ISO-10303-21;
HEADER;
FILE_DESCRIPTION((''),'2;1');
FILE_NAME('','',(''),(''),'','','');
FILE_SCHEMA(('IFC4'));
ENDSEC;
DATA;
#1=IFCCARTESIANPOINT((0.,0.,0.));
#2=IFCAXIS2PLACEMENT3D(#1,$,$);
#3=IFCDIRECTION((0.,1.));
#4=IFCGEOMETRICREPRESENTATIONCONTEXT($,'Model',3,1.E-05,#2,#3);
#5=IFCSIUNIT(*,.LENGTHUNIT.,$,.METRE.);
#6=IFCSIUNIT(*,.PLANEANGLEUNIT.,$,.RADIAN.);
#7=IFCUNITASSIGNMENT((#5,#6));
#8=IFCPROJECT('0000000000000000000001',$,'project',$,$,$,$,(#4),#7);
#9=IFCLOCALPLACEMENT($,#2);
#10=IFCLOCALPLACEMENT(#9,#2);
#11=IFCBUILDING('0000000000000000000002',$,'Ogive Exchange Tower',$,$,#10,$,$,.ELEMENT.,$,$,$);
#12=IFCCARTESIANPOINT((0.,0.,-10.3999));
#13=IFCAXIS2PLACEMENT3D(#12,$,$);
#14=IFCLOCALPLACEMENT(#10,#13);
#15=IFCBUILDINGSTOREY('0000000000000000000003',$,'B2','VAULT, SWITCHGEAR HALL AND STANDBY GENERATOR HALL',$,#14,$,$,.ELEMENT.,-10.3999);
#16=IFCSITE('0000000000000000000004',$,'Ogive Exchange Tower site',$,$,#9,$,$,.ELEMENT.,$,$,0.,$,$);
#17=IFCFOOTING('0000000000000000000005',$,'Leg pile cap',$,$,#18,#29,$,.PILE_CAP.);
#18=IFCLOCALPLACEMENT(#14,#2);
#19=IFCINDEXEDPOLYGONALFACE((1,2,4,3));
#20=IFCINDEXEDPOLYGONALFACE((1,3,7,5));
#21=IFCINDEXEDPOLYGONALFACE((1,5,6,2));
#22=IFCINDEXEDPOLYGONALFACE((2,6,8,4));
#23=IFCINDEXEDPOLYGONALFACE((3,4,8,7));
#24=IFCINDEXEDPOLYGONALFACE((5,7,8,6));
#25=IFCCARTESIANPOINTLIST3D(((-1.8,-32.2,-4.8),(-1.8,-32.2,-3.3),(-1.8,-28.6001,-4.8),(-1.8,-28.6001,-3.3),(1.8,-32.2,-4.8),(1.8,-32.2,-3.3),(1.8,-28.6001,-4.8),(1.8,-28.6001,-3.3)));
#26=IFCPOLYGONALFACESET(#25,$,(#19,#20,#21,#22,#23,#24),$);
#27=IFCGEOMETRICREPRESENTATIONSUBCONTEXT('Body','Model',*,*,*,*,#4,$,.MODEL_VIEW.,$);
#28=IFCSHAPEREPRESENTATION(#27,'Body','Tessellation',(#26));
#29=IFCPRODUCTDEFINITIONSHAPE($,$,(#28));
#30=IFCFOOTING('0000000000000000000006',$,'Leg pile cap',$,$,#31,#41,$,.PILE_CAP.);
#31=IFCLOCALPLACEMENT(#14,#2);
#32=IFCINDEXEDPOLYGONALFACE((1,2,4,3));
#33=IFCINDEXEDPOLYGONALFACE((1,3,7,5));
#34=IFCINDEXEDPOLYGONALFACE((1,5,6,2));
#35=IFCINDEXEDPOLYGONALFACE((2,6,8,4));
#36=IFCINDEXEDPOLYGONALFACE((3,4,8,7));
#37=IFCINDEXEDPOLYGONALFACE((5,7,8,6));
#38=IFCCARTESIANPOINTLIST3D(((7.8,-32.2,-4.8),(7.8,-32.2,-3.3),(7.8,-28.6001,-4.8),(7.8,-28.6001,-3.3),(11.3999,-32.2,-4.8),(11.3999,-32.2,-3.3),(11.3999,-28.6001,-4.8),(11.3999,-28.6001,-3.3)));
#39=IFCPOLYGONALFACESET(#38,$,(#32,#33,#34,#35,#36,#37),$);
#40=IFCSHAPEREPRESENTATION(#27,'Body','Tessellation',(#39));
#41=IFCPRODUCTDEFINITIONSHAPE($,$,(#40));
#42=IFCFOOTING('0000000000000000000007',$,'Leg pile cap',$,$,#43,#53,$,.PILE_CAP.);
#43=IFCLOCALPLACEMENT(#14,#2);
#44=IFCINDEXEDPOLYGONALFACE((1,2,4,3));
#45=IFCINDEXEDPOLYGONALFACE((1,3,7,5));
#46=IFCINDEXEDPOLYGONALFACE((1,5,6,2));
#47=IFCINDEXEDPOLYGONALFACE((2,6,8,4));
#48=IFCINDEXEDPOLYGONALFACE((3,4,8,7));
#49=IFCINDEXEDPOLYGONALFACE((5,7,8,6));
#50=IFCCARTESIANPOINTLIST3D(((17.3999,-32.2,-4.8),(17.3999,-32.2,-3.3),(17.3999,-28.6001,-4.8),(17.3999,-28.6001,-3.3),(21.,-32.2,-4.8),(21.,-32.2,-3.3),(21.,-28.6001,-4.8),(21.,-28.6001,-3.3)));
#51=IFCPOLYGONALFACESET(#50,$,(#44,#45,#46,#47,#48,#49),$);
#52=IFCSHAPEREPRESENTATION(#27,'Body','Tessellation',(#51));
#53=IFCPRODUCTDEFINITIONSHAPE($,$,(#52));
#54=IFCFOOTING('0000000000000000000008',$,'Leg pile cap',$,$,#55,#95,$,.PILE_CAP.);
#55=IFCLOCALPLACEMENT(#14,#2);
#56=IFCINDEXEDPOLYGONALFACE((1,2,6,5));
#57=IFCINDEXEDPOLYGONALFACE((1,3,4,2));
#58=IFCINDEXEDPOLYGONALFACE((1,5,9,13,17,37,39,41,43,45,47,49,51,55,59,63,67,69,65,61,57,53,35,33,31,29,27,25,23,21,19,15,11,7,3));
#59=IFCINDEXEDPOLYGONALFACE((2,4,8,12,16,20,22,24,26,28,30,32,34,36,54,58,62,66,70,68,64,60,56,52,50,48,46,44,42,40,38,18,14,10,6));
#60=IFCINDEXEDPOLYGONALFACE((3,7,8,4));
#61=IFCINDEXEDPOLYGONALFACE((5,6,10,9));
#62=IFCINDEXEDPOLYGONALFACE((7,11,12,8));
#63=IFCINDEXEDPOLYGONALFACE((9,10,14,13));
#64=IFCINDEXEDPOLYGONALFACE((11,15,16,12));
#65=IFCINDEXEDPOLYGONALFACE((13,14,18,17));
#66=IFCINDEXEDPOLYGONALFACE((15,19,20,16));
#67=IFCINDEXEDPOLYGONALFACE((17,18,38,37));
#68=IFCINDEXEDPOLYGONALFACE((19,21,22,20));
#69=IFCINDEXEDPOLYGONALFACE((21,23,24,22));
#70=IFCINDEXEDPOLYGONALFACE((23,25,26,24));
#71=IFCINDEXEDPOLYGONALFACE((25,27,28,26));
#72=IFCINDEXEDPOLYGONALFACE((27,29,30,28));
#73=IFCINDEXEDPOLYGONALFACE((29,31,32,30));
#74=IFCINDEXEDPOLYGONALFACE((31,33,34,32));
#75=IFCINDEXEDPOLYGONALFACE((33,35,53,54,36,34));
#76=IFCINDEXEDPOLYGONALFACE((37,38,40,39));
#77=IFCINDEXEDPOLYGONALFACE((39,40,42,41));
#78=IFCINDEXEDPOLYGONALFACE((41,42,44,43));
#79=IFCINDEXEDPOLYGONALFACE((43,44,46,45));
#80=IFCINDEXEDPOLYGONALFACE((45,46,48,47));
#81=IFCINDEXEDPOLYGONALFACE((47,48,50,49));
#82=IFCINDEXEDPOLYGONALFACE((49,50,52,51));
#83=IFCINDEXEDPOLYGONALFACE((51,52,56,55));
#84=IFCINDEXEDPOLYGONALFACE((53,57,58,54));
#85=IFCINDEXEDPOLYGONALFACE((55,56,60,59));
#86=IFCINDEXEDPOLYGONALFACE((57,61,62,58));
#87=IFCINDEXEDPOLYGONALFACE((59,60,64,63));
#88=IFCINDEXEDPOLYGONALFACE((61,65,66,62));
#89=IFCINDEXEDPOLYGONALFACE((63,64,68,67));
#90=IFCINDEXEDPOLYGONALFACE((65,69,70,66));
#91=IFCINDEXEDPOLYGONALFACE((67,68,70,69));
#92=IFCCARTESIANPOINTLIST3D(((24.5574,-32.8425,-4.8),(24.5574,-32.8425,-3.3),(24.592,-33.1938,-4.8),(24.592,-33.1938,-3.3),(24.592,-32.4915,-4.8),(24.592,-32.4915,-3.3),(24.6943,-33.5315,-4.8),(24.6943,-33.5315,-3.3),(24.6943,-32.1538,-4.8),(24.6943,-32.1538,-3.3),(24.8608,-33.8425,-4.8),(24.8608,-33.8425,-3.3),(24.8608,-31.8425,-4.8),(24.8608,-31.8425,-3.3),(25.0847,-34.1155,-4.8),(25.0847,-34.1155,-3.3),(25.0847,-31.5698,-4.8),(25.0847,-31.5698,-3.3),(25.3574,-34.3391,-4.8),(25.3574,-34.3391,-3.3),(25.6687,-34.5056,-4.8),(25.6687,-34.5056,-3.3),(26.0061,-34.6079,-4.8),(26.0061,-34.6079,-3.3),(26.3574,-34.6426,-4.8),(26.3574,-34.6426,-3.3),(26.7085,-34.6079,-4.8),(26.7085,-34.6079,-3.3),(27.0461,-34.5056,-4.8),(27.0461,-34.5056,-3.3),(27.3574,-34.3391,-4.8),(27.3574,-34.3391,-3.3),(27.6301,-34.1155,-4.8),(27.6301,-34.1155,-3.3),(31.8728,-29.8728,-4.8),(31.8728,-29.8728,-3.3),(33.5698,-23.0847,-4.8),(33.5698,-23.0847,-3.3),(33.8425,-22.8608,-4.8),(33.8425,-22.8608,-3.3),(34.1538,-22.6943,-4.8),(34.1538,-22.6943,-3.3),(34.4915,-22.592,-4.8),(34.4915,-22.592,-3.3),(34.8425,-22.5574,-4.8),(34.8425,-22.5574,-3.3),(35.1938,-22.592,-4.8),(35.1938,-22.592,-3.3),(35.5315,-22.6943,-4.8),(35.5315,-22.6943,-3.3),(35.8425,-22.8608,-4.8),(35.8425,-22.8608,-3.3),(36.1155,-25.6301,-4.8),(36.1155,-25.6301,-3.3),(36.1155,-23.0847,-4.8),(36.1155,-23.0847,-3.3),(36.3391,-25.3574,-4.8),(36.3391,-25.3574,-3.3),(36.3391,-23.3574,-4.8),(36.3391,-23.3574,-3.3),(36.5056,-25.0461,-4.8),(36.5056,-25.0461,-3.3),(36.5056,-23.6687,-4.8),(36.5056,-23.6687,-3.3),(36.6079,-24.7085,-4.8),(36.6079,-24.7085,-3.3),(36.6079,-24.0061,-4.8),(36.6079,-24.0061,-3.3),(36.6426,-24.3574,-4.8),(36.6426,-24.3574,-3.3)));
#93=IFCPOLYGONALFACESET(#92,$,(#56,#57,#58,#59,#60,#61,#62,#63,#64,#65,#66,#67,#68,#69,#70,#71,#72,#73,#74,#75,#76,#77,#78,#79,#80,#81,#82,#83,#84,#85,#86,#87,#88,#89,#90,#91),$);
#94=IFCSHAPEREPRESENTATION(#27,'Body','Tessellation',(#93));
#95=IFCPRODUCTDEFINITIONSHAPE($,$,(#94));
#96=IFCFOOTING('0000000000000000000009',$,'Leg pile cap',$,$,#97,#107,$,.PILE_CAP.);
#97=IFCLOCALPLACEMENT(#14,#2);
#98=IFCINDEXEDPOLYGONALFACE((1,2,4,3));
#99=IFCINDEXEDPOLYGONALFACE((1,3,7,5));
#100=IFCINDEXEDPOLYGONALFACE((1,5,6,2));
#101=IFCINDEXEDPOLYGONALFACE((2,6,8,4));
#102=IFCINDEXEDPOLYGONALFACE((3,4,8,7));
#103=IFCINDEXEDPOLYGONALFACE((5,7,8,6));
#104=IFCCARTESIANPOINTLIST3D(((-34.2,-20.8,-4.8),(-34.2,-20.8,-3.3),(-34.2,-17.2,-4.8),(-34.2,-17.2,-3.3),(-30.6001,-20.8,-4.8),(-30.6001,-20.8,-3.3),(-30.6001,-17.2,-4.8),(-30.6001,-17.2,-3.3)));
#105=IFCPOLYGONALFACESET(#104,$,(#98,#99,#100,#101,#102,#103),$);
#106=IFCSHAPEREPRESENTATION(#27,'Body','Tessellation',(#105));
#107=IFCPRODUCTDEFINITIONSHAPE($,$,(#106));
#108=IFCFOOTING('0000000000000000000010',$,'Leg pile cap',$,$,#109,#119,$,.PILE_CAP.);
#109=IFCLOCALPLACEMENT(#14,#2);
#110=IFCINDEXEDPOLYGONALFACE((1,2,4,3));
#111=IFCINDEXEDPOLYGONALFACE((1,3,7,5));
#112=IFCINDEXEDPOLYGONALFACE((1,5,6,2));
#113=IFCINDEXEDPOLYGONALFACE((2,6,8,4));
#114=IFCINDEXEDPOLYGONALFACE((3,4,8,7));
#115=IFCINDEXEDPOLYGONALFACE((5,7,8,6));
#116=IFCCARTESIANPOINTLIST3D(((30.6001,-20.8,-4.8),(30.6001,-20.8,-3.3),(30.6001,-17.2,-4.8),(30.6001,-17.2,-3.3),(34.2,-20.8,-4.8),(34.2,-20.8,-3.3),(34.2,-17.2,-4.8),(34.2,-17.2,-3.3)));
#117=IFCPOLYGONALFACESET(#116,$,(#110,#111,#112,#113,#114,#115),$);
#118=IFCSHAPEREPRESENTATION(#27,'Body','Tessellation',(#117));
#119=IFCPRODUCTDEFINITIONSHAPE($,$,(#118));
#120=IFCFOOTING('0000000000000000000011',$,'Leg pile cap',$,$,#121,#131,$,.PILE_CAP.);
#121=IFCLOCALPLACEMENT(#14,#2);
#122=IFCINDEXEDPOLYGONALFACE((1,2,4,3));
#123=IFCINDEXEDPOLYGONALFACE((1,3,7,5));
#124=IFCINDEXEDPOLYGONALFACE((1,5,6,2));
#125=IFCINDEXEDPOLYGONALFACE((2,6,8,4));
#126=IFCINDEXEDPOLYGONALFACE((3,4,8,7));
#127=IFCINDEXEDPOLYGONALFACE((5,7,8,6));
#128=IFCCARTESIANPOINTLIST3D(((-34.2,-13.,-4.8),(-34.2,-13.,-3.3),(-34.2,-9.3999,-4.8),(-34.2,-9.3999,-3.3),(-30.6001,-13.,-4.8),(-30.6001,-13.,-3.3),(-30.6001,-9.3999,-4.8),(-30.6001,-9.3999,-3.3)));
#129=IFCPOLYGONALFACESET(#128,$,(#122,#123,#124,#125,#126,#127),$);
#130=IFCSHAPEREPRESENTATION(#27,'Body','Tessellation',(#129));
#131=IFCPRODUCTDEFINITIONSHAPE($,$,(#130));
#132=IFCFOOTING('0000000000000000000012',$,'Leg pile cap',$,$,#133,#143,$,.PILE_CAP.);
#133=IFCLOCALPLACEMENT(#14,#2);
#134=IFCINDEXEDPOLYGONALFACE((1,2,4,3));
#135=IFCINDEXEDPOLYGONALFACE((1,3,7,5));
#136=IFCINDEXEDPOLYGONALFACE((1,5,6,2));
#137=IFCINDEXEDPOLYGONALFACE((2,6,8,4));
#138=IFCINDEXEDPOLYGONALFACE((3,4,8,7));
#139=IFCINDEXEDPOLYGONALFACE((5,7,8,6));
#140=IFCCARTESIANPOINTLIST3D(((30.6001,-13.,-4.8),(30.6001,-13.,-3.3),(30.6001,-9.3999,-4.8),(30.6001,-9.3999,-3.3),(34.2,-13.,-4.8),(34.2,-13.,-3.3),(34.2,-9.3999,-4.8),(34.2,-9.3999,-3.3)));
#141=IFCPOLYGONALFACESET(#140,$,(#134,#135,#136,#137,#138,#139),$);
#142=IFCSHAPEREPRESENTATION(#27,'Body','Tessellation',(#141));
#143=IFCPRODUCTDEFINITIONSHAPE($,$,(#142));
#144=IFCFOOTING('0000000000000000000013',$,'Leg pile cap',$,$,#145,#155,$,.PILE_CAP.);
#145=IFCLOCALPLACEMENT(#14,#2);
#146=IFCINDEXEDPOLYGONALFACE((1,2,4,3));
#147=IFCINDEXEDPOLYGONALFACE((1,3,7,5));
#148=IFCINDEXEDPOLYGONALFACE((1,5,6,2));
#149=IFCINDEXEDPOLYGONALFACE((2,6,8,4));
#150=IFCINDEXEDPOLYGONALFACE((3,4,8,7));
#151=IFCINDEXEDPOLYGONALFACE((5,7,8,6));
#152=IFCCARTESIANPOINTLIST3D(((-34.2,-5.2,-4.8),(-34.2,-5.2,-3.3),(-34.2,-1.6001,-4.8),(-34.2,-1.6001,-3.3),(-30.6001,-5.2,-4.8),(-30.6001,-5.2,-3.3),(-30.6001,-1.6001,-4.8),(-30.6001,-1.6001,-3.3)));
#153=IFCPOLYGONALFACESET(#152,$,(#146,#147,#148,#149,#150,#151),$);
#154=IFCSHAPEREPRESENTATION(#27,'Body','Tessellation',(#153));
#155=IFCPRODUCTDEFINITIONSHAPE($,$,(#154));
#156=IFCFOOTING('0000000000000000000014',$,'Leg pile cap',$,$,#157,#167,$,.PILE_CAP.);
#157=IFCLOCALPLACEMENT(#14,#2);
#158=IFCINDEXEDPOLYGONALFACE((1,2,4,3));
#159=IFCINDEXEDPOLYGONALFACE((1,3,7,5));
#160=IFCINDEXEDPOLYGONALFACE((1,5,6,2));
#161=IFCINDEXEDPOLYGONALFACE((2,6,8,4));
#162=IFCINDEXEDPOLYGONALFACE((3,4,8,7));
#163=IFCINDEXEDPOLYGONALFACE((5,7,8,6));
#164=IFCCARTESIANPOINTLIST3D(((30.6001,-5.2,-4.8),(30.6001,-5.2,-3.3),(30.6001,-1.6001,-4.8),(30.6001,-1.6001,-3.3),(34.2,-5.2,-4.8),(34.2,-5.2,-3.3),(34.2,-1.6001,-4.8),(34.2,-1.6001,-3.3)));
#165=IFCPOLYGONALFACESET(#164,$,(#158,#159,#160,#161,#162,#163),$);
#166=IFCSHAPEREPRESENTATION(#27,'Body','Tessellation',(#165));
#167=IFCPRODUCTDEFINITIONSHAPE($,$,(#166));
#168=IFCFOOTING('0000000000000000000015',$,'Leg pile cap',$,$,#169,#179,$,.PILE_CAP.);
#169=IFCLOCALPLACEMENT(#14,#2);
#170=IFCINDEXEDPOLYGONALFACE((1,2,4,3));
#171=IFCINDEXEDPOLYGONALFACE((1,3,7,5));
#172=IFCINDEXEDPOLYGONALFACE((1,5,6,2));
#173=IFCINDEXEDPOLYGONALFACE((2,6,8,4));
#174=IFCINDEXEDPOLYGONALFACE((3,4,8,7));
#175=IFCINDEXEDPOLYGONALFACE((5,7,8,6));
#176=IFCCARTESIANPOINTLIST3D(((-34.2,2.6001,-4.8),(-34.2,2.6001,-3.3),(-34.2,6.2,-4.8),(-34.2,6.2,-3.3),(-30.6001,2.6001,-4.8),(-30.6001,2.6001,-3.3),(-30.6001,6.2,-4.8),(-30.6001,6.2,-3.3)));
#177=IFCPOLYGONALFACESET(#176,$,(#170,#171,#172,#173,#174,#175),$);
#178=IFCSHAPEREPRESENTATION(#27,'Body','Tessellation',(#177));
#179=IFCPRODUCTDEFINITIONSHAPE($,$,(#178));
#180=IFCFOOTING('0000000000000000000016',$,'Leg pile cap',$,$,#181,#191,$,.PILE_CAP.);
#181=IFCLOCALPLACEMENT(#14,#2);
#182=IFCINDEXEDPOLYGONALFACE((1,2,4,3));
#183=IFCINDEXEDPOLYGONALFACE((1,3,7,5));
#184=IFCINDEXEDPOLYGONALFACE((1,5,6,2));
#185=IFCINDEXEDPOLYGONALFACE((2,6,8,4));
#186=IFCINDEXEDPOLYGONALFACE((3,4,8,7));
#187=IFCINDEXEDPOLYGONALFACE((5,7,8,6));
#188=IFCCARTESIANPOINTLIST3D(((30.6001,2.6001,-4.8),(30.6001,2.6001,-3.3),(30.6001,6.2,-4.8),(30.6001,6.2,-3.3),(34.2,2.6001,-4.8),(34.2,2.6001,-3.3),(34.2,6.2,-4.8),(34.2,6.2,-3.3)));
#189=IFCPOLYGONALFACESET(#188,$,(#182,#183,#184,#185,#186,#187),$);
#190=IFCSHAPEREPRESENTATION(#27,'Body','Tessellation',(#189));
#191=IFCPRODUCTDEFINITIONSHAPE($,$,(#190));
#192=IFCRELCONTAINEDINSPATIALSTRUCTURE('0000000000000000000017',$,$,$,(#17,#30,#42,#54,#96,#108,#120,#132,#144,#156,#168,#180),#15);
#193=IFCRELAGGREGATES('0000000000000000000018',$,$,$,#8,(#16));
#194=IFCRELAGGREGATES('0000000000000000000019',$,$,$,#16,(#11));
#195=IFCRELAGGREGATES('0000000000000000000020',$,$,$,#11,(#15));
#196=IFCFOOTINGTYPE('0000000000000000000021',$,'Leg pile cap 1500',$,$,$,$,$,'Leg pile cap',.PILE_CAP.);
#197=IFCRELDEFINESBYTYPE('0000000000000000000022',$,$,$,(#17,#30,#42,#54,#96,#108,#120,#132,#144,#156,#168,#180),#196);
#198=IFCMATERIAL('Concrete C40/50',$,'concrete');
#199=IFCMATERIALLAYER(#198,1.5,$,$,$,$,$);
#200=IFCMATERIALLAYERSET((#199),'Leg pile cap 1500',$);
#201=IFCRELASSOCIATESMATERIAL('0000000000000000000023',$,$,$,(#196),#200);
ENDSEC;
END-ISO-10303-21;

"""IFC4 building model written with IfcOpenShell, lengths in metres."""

from ifc_helpers import new_model, si_unit, direction, frame, origin, place, context, subcontext, project, spatial, polyline, outline, extrude, material, layer, layer_set, type_object, element, save


model = new_model("IFC4")

# Units and contexts
model_context = context("Model", 3, precision=1e-05, world=origin(), true_north=direction((0.0, 1.0)))
body_context = subcontext(model_context, "Body", "Model", "MODEL_VIEW")
ifc_project = project(units=[si_unit("LENGTHUNIT", "METRE"), si_unit("PLANEANGLEUNIT", "RADIAN")], contexts=[model_context])

# Site, building, storey
site_placement = place(None, origin())
site = spatial("IfcSite", under=ifc_project, at=site_placement, Name="Ogive Exchange Tower site", CompositionType="ELEMENT", RefElevation=0.0)
building_placement = place(site_placement, origin())
building = spatial("IfcBuilding", under=site, at=building_placement, Name="Ogive Exchange Tower", CompositionType="ELEMENT")
storey_placement = place(building_placement, frame((0.0, 0.0, -10.3999)))
storey = spatial("IfcBuildingStorey", under=building, at=storey_placement, Name="B2", Description="VAULT, SWITCHGEAR HALL AND STANDBY GENERATOR HALL", CompositionType="ELEMENT", Elevation=-10.3999)

# Footings
ifc_material_1 = material(Name="Concrete C40/50", Category="concrete")
ifc_layer_1 = layer(ifc_material_1, 1.5)
ifc_layer_set_1 = layer_set([ifc_layer_1], Name="Leg pile cap 1500")
footing_type = type_object("IfcFootingType", Name="Leg pile cap 1500", ElementType="Leg pile cap", PredefinedType="PILE_CAP", material=ifc_layer_set_1)
footing_1_placement = place(storey_placement, frame((0.0, 0.0, -4.8)))
element("IfcFooting", 1, at=footing_1_placement, inside=storey, type_object=footing_type, Name="Leg pile cap", PredefinedType="PILE_CAP", context=body_context, shape_type="SweptSolid", body=[
    extrude(outline(polyline([(1.8, -32.2), (1.8, -28.6001), (-1.8, -28.6001), (-1.8, -32.2), (1.8, -32.2)])), origin(), (0.0, 0.0, 1.0), 1.5),
])
footing_2_placement = place(storey_placement, frame((0.0, 0.0, -4.8)))
element("IfcFooting", 2, at=footing_2_placement, inside=storey, type_object=footing_type, Name="Leg pile cap", PredefinedType="PILE_CAP", context=body_context, shape_type="SweptSolid", body=[
    extrude(outline(polyline([(11.3999, -32.2), (11.3999, -28.6001), (7.8, -28.6001), (7.8, -32.2), (11.3999, -32.2)])), origin(), (0.0, 0.0, 1.0), 1.5),
])
footing_3_placement = place(storey_placement, frame((0.0, 0.0, -4.8)))
element("IfcFooting", 3, at=footing_3_placement, inside=storey, type_object=footing_type, Name="Leg pile cap", PredefinedType="PILE_CAP", context=body_context, shape_type="SweptSolid", body=[
    extrude(outline(polyline([(21.0, -32.2), (21.0, -28.6001), (17.3999, -28.6001), (17.3999, -32.2), (21.0, -32.2)])), origin(), (0.0, 0.0, 1.0), 1.5),
])
footing_4_placement = place(storey_placement, frame((0.0, 0.0, -4.8)))
element("IfcFooting", 4, at=footing_4_placement, inside=storey, type_object=footing_type, Name="Leg pile cap", PredefinedType="PILE_CAP", context=body_context, shape_type="SweptSolid", body=[
    extrude(outline(polyline([(26.3574, -34.6426), (26.0061, -34.6079), (25.6687, -34.5056), (25.3574, -34.3391), (25.0847, -34.1155), (24.8608, -33.8425), (24.6943, -33.5315), (24.592, -33.1938), (24.5574, -32.8425), (24.592, -32.4915), (24.6943, -32.1538), (24.8608, -31.8425), (25.0847, -31.5698), (33.5698, -23.0847), (33.8425, -22.8608), (34.1538, -22.6943), (34.4915, -22.592), (34.8425, -22.5574), (35.1938, -22.592), (35.5315, -22.6943), (35.8425, -22.8608), (36.1155, -23.0847), (36.3391, -23.3574), (36.5056, -23.6687), (36.6079, -24.0061), (36.6426, -24.3574), (36.6079, -24.7085), (36.5056, -25.0461), (36.3391, -25.3574), (36.1155, -25.6301), (31.8728, -29.8728), (27.6301, -34.1155), (27.3574, -34.3391), (27.0461, -34.5056), (26.7085, -34.6079), (26.3574, -34.6426)])), origin(), (0.0, 0.0, 1.0), 1.5),
])
footing_5_placement = place(storey_placement, frame((0.0, 0.0, -4.8)))
element("IfcFooting", 5, at=footing_5_placement, inside=storey, type_object=footing_type, Name="Leg pile cap", PredefinedType="PILE_CAP", context=body_context, shape_type="SweptSolid", body=[
    extrude(outline(polyline([(-30.6001, -20.8), (-30.6001, -17.2), (-34.2, -17.2), (-34.2, -20.8), (-30.6001, -20.8)])), origin(), (0.0, 0.0, 1.0), 1.5),
])
footing_6_placement = place(storey_placement, frame((0.0, 0.0, -4.8)))
element("IfcFooting", 6, at=footing_6_placement, inside=storey, type_object=footing_type, Name="Leg pile cap", PredefinedType="PILE_CAP", context=body_context, shape_type="SweptSolid", body=[
    extrude(outline(polyline([(34.2, -20.8), (34.2, -17.2), (30.6001, -17.2), (30.6001, -20.8), (34.2, -20.8)])), origin(), (0.0, 0.0, 1.0), 1.5),
])
footing_7_placement = place(storey_placement, frame((0.0, 0.0, -4.8)))
element("IfcFooting", 7, at=footing_7_placement, inside=storey, type_object=footing_type, Name="Leg pile cap", PredefinedType="PILE_CAP", context=body_context, shape_type="SweptSolid", body=[
    extrude(outline(polyline([(-30.6001, -13.0), (-30.6001, -9.3999), (-34.2, -9.3999), (-34.2, -13.0), (-30.6001, -13.0)])), origin(), (0.0, 0.0, 1.0), 1.5),
])
footing_8_placement = place(storey_placement, frame((0.0, 0.0, -4.8)))
element("IfcFooting", 8, at=footing_8_placement, inside=storey, type_object=footing_type, Name="Leg pile cap", PredefinedType="PILE_CAP", context=body_context, shape_type="SweptSolid", body=[
    extrude(outline(polyline([(34.2, -13.0), (34.2, -9.3999), (30.6001, -9.3999), (30.6001, -13.0), (34.2, -13.0)])), origin(), (0.0, 0.0, 1.0), 1.5),
])
footing_9_placement = place(storey_placement, frame((0.0, 0.0, -4.8)))
element("IfcFooting", 9, at=footing_9_placement, inside=storey, type_object=footing_type, Name="Leg pile cap", PredefinedType="PILE_CAP", context=body_context, shape_type="SweptSolid", body=[
    extrude(outline(polyline([(-30.6001, -5.2), (-30.6001, -1.6001), (-34.2, -1.6001), (-34.2, -5.2), (-30.6001, -5.2)])), origin(), (0.0, 0.0, 1.0), 1.5),
])
footing_10_placement = place(storey_placement, frame((0.0, 0.0, -4.8)))
element("IfcFooting", 10, at=footing_10_placement, inside=storey, type_object=footing_type, Name="Leg pile cap", PredefinedType="PILE_CAP", context=body_context, shape_type="SweptSolid", body=[
    extrude(outline(polyline([(34.2, -5.2), (34.2, -1.6001), (30.6001, -1.6001), (30.6001, -5.2), (34.2, -5.2)])), origin(), (0.0, 0.0, 1.0), 1.5),
])
footing_11_placement = place(storey_placement, frame((0.0, 0.0, -4.8)))
element("IfcFooting", 11, at=footing_11_placement, inside=storey, type_object=footing_type, Name="Leg pile cap", PredefinedType="PILE_CAP", context=body_context, shape_type="SweptSolid", body=[
    extrude(outline(polyline([(-30.6001, 2.6001), (-30.6001, 6.2), (-34.2, 6.2), (-34.2, 2.6001), (-30.6001, 2.6001)])), origin(), (0.0, 0.0, 1.0), 1.5),
])
footing_12_placement = place(storey_placement, frame((0.0, 0.0, -4.8)))
element("IfcFooting", 12, at=footing_12_placement, inside=storey, type_object=footing_type, Name="Leg pile cap", PredefinedType="PILE_CAP", context=body_context, shape_type="SweptSolid", body=[
    extrude(outline(polyline([(34.2, 2.6001), (34.2, 6.2), (30.6001, 6.2), (30.6001, 2.6001), (34.2, 2.6001)])), origin(), (0.0, 0.0, 1.0), 1.5),
])

save(model, "model.ifc")
